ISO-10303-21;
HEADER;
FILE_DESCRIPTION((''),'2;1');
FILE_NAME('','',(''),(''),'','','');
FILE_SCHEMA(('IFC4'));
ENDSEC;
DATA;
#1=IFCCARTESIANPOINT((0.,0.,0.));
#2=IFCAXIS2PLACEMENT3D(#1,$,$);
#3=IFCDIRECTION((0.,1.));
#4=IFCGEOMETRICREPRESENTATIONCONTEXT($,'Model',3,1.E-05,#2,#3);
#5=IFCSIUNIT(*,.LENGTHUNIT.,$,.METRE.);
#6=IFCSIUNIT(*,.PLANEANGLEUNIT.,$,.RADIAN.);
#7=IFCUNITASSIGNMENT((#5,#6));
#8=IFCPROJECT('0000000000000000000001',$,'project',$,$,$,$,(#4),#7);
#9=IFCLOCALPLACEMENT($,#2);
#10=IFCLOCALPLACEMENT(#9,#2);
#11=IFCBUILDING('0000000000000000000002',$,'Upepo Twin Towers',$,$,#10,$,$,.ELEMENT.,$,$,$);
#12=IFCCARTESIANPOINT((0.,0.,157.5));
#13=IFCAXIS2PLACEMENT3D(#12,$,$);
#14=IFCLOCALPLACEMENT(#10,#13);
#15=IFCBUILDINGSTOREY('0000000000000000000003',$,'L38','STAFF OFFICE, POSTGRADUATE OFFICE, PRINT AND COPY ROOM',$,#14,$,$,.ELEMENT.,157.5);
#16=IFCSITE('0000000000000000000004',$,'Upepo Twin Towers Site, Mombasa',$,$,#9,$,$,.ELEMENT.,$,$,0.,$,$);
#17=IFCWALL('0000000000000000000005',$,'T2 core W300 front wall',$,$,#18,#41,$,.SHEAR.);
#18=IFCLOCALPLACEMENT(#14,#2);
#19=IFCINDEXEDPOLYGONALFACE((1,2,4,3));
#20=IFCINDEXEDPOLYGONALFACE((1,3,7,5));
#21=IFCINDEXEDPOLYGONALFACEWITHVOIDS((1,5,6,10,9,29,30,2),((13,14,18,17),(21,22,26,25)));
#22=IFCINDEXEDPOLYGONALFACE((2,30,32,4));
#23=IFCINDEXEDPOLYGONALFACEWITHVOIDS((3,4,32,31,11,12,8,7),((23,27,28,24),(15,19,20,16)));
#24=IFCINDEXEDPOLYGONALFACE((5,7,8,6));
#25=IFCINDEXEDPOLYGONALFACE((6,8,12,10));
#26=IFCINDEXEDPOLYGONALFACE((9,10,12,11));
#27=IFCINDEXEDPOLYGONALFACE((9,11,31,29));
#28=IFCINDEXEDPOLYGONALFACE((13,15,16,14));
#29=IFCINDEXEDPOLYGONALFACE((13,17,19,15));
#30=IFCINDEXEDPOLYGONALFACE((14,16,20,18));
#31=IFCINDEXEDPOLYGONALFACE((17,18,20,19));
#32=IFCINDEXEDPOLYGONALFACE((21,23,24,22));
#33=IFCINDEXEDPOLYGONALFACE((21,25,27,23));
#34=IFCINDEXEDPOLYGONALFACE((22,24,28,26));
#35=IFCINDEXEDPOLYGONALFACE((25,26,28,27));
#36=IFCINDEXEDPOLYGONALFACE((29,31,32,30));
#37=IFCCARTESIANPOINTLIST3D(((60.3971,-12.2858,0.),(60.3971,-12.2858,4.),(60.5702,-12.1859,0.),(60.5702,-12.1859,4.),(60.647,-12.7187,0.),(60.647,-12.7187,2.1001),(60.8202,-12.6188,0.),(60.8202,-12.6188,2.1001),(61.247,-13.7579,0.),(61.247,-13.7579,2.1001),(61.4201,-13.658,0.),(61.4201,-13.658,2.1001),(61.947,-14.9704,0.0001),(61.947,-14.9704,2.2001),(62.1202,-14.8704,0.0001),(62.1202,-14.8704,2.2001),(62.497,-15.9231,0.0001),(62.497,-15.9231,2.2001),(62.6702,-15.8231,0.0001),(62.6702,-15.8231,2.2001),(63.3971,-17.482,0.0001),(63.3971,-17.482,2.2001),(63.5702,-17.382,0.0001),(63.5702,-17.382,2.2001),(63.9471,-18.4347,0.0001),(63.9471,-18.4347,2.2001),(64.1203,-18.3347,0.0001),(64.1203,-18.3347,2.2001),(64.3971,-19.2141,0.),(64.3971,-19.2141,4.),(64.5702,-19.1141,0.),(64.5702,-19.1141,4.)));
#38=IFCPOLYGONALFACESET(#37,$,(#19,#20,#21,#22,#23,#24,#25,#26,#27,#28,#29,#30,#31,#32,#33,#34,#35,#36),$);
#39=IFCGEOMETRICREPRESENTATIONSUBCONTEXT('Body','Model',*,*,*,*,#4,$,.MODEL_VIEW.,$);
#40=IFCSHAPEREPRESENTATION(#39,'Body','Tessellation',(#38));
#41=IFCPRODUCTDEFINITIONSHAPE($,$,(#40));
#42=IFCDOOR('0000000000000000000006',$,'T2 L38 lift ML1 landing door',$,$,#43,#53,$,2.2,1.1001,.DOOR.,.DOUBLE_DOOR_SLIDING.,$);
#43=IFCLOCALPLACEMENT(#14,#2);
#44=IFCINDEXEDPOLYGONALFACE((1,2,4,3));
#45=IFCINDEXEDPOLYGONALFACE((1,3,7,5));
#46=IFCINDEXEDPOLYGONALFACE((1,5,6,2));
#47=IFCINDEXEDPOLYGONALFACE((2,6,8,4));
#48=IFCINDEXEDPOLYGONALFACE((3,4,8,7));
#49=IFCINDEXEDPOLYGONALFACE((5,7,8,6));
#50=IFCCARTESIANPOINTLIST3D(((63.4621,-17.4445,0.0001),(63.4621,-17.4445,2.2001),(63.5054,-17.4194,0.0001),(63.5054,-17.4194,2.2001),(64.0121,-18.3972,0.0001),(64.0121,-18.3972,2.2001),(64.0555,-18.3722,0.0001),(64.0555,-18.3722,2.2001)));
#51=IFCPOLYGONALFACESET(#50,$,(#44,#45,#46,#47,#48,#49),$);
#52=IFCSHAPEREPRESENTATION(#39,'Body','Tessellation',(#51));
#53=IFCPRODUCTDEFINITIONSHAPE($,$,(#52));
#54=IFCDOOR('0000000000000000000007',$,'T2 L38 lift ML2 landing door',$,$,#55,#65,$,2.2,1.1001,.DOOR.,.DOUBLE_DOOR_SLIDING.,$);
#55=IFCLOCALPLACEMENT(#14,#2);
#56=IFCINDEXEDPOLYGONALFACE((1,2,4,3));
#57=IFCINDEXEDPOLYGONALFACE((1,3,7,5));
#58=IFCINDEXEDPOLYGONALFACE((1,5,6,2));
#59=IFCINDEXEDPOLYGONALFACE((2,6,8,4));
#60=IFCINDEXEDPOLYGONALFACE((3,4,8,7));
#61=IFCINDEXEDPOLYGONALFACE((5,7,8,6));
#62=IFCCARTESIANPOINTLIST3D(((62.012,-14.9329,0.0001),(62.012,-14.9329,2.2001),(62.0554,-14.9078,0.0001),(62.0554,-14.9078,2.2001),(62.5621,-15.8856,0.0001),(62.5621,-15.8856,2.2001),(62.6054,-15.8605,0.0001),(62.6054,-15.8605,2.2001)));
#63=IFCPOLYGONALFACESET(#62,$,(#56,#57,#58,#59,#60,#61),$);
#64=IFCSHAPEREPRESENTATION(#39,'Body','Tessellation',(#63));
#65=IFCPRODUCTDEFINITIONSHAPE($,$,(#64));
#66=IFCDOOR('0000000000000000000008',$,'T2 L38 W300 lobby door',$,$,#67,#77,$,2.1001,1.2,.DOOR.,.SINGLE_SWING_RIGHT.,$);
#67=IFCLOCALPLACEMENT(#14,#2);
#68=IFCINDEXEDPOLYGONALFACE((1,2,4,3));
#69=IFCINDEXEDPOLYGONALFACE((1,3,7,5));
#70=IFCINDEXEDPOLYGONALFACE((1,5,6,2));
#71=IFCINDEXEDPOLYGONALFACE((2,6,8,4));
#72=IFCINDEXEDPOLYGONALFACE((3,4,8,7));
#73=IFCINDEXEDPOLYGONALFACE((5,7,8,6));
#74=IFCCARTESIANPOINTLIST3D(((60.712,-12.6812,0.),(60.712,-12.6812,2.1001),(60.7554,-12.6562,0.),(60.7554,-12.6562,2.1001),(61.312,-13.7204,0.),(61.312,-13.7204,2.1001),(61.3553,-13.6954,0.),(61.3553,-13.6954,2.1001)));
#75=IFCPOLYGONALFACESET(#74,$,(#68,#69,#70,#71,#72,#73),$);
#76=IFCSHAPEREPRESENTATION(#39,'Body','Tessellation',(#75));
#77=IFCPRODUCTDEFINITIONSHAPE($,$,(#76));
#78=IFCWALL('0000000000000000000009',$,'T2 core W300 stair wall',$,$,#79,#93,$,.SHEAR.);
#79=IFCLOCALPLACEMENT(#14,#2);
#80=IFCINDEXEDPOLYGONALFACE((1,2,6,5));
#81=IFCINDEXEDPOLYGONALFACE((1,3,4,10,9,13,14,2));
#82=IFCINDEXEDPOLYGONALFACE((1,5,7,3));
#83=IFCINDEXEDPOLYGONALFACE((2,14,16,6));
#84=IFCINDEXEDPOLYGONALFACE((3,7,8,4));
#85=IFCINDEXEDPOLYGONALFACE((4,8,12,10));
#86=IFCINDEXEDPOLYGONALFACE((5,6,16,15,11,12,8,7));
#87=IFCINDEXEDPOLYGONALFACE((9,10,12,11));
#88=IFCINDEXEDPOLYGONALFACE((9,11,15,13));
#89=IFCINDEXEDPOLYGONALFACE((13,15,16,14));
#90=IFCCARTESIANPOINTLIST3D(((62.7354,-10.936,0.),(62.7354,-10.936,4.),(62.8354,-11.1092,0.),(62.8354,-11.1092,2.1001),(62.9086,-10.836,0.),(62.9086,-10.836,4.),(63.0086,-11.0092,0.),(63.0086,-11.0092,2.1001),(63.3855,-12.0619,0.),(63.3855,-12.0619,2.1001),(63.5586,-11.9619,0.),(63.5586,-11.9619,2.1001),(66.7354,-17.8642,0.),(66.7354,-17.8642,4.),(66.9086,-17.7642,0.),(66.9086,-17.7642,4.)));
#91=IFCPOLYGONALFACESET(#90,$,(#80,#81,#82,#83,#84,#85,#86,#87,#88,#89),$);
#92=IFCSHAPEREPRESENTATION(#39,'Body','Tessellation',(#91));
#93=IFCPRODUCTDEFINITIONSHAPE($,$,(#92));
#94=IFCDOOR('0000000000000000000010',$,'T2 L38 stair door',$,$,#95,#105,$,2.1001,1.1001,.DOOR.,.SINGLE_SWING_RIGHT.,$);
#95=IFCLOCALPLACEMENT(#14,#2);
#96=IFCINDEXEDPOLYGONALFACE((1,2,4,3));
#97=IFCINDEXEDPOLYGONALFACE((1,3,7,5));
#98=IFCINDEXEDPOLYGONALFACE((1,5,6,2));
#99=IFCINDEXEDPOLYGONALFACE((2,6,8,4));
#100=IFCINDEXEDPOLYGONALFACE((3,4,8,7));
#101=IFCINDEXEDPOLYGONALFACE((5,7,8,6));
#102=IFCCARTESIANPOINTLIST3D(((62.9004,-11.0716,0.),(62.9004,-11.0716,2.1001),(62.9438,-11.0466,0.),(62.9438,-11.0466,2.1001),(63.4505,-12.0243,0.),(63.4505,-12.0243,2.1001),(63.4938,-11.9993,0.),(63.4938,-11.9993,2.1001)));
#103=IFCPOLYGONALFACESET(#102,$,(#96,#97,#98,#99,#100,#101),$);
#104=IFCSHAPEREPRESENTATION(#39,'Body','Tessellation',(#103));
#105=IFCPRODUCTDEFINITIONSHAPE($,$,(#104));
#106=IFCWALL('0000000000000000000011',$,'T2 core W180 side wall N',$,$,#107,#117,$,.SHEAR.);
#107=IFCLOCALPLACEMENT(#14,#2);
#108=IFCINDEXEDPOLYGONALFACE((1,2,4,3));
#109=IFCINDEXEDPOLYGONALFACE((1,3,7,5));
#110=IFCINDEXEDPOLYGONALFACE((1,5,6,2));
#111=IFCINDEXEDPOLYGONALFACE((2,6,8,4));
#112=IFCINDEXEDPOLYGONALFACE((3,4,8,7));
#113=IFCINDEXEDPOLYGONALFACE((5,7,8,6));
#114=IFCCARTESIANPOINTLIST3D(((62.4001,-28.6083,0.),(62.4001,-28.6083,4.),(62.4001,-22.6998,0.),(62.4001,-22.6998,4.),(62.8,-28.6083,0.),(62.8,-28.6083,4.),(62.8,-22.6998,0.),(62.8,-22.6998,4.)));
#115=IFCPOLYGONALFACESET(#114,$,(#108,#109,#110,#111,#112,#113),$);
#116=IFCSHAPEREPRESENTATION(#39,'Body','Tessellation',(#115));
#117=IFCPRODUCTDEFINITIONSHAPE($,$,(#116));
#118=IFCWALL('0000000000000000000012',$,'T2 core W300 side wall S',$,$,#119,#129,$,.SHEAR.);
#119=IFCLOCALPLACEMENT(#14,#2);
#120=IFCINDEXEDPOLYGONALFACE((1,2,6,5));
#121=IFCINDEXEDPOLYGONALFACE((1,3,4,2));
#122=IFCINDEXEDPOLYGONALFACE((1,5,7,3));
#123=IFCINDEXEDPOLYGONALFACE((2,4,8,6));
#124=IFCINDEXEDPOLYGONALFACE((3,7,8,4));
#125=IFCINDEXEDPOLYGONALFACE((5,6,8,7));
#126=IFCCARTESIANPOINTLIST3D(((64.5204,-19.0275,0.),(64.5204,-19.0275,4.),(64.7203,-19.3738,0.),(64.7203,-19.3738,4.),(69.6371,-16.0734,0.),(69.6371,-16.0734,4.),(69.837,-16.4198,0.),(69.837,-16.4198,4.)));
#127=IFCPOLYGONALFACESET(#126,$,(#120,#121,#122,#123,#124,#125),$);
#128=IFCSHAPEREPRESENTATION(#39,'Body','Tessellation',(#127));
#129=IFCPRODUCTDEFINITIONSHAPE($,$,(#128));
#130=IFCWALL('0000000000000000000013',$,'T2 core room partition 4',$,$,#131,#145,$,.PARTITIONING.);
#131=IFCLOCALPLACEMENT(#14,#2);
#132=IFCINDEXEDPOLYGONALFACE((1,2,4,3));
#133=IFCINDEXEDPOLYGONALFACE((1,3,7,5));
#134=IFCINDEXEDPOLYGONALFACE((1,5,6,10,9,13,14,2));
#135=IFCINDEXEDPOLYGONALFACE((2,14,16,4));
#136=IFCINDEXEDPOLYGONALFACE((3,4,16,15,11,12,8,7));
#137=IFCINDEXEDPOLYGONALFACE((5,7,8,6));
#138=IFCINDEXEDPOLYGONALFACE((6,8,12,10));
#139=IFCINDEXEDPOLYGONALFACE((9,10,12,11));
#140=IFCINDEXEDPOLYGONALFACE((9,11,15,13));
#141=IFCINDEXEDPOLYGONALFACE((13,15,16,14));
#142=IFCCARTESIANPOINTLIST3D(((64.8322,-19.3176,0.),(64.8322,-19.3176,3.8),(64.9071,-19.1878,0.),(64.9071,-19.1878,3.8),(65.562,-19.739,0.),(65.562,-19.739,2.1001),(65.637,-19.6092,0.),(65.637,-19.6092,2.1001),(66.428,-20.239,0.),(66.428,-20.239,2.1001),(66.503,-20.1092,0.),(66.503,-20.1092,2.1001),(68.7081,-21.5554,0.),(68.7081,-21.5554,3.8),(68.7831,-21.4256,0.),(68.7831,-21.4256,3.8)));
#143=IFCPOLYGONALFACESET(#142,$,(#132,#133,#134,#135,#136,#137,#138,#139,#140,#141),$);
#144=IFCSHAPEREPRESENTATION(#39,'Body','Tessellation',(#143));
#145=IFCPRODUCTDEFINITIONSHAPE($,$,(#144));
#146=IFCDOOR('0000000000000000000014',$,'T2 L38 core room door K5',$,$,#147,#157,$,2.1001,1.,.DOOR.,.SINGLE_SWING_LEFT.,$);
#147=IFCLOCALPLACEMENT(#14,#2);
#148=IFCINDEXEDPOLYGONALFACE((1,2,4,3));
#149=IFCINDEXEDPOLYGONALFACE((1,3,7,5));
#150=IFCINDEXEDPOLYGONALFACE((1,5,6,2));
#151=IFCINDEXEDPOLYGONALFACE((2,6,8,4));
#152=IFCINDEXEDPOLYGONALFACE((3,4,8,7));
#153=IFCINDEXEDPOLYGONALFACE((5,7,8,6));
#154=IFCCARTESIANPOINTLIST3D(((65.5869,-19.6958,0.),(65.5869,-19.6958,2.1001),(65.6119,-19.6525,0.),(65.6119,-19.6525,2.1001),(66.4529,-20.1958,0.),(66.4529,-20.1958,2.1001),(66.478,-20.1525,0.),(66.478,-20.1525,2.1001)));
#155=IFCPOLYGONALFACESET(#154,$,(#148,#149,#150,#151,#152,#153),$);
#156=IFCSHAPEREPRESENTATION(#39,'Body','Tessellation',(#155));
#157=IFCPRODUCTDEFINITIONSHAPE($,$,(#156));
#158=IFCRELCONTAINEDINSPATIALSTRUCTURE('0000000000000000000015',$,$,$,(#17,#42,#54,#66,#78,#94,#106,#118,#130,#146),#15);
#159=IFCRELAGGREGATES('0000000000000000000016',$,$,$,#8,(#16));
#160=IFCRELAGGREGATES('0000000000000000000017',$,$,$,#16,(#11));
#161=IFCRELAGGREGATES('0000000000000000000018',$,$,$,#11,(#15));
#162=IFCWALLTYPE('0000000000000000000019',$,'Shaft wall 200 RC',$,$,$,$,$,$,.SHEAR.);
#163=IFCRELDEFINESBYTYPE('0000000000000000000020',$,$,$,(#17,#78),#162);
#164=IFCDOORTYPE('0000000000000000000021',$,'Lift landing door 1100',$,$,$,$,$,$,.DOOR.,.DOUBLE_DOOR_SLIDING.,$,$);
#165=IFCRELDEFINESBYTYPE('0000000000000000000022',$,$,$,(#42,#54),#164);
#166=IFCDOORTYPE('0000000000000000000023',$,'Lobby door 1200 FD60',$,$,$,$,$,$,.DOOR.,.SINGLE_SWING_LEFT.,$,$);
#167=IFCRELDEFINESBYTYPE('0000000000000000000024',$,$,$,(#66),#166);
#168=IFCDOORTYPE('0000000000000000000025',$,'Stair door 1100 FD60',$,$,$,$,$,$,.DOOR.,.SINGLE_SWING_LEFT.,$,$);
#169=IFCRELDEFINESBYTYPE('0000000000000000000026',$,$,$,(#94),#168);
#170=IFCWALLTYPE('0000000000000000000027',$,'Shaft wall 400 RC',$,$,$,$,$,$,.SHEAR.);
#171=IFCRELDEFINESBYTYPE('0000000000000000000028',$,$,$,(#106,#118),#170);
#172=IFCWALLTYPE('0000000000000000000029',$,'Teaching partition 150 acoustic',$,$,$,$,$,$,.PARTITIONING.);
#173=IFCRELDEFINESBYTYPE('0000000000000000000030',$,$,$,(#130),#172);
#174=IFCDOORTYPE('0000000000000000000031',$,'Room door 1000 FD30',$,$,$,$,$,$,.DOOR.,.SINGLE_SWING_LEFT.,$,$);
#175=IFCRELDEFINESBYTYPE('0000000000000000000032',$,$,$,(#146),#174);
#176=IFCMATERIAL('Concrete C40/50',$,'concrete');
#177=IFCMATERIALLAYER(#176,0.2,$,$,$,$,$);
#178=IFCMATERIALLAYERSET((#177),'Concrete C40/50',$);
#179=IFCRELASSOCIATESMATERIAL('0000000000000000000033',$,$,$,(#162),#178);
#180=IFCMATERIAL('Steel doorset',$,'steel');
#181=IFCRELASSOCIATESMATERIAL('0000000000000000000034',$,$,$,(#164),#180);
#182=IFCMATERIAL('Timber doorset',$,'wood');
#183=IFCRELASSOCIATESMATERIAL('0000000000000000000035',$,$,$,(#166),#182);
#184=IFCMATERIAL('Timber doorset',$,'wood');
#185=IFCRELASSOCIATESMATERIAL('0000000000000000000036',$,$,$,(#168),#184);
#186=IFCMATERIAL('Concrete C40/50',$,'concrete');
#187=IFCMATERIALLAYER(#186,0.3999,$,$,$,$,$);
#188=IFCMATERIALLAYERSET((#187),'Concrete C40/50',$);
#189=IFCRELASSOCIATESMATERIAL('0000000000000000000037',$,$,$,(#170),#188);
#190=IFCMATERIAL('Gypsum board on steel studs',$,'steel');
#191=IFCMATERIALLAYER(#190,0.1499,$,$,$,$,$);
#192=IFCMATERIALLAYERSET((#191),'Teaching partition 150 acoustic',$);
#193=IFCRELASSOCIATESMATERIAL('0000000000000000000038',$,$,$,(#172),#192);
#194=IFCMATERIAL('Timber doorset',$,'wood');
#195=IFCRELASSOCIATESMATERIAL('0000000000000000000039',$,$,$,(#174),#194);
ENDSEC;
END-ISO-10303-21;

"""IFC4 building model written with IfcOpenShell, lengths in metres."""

from ifc_helpers import new_model, si_unit, direction, frame, frame_2d, origin, place, context, subcontext, project, spatial, rectangle, extrude, material, layer, layer_set, type_object, element, fill, save


model = new_model("IFC4")

# Units and contexts
model_context = context("Model", 3, precision=1e-05, world=origin(), true_north=direction((0.0, 1.0)))
body_context = subcontext(model_context, "Body", "Model", "MODEL_VIEW")
ifc_project = project(units=[si_unit("LENGTHUNIT", "METRE"), si_unit("PLANEANGLEUNIT", "RADIAN")], contexts=[model_context])

# Site, building, storey
site_placement = place(None, origin())
site = spatial("IfcSite", under=ifc_project, at=site_placement, Name="Upepo Twin Towers Site, Mombasa", CompositionType="ELEMENT", RefElevation=0.0)
building_placement = place(site_placement, origin())
building = spatial("IfcBuilding", under=site, at=building_placement, Name="Upepo Twin Towers", CompositionType="ELEMENT")
storey_placement = place(building_placement, frame((0.0, 0.0, 157.5)))
storey = spatial("IfcBuildingStorey", under=building, at=storey_placement, Name="L38", Description="STAFF OFFICE, POSTGRADUATE OFFICE, PRINT AND COPY ROOM", CompositionType="ELEMENT", Elevation=157.5)

# Shared definitions
ifc_material_1 = material(Name="Concrete C40/50", Category="concrete")
ifc_layer_1 = layer(ifc_material_1, 0.2)
ifc_layer_set_1 = layer_set([ifc_layer_1], Name="Concrete C40/50")
wall_type_1 = type_object("IfcWallType", Name="Shaft wall 200 RC", PredefinedType="SHEAR", material=ifc_layer_set_1)

# Wall, openings, doors
wall_1_placement = place(storey_placement, frame((64.4836, -19.1641, 0.0), z_axis=(0.0, 0.0, 1.0), x_axis=(-0.499999, 0.866026, 0.0)))
wall_1 = element("IfcWall", 1, at=wall_1_placement, inside=storey, type_object=wall_type_1, Name="T2 core W300 front wall", PredefinedType="SHEAR", context=body_context, shape_type="SweptSolid", body=[
    extrude(rectangle(XDim=8.0, YDim=0.2, at=frame_2d((4.0, 0.0))), origin(), (0.0, 0.0, 1.0), 4.0),
])
opening_1_placement = place(wall_1_placement, frame((6.3, 0.0, 0.0)))
opening_1 = element("IfcOpeningElement", 2, at=opening_1_placement, cuts=wall_1, PredefinedType="OPENING", context=body_context, shape_type="SweptSolid", body=[
    extrude(rectangle(XDim=1.2, YDim=2.1001, at=frame_2d((0.6001, 1.05))), frame((0.0, 0.1099, 0.0), z_axis=(0.0, -1.0, 0.0), x_axis=(1.0, 0.0, 0.0)), (0.0, 0.0, 1.0), 0.22),
])
opening_2_placement = place(wall_1_placement, frame((0.8999, 0.0, 0.0)))
opening_2 = element("IfcOpeningElement", 3, at=opening_2_placement, cuts=wall_1, PredefinedType="OPENING", context=body_context, shape_type="SweptSolid", body=[
    extrude(rectangle(XDim=1.1001, YDim=2.2, at=frame_2d((0.55, 1.1001))), frame((0.0, 0.1099, 0.0), z_axis=(0.0, -1.0, 0.0), x_axis=(1.0, 0.0, 0.0)), (0.0, 0.0, 1.0), 0.22),
])
opening_3_placement = place(wall_1_placement, frame((3.8, 0.0, 0.0)))
opening_3 = element("IfcOpeningElement", 4, at=opening_3_placement, cuts=wall_1, PredefinedType="OPENING", context=body_context, shape_type="SweptSolid", body=[
    extrude(rectangle(XDim=1.1001, YDim=2.2, at=frame_2d((0.55, 1.1001))), frame((0.0, 0.1099, 0.0), z_axis=(0.0, -1.0, 0.0), x_axis=(1.0, 0.0, 0.0)), (0.0, 0.0, 1.0), 0.22),
])
ifc_material_2 = material(Name="Steel doorset", Category="steel")
door_type_1 = type_object("IfcDoorType", Name="Lift landing door 1100", OperationType="DOUBLE_DOOR_SLIDING", PredefinedType="DOOR", material=ifc_material_2)
door_1_placement = place(opening_2_placement, origin())
door_1 = element("IfcDoor", 5, at=door_1_placement, inside=storey, type_object=door_type_1, Name="T2 L38 lift ML1 landing door", OperationType="DOUBLE_DOOR_SLIDING", OverallHeight=2.2, OverallWidth=1.1001, PredefinedType="DOOR", context=body_context, shape_type="SweptSolid", body=[
    extrude(rectangle(XDim=1.1001, YDim=2.2, at=frame_2d((0.55, 1.1001))), frame((0.0, 0.0249, 0.0), z_axis=(0.0, -1.0, 0.0), x_axis=(1.0, 0.0, 0.0)), (0.0, 0.0, 1.0), 0.05),
])
fill(opening_2, door_1)
door_2_placement = place(opening_3_placement, origin())
door_2 = element("IfcDoor", 6, at=door_2_placement, inside=storey, type_object=door_type_1, Name="T2 L38 lift ML2 landing door", OperationType="DOUBLE_DOOR_SLIDING", OverallHeight=2.2, OverallWidth=1.1001, PredefinedType="DOOR", context=body_context, shape_type="SweptSolid", body=[
    extrude(rectangle(XDim=1.1001, YDim=2.2, at=frame_2d((0.55, 1.1001))), frame((0.0, 0.0249, 0.0), z_axis=(0.0, -1.0, 0.0), x_axis=(1.0, 0.0, 0.0)), (0.0, 0.0, 1.0), 0.05),
])
fill(opening_3, door_2)
ifc_material_3 = material(Name="Timber doorset", Category="wood")
door_type_2 = type_object("IfcDoorType", Name="Lobby door 1200 FD60", OperationType="SINGLE_SWING_LEFT", PredefinedType="DOOR", material=ifc_material_3)
door_3_placement = place(opening_1_placement, origin())
door_3 = element("IfcDoor", 7, at=door_3_placement, inside=storey, type_object=door_type_2, Name="T2 L38 W300 lobby door", OperationType="SINGLE_SWING_RIGHT", OverallHeight=2.1001, OverallWidth=1.2, PredefinedType="DOOR", context=body_context, shape_type="SweptSolid", body=[
    extrude(rectangle(XDim=1.2, YDim=2.1001, at=frame_2d((0.6001, 1.05))), frame((0.0, 0.0249, 0.0), z_axis=(0.0, -1.0, 0.0), x_axis=(1.0, 0.0, 0.0)), (0.0, 0.0, 1.0), 0.05),
])
fill(opening_1, door_3)

# Wall, opening, door
wall_2_placement = place(storey_placement, frame((66.822, -17.8142, 0.0), z_axis=(0.0, 0.0, 1.0), x_axis=(-0.499999, 0.866026, 0.0)))
wall_2 = element("IfcWall", 8, at=wall_2_placement, inside=storey, type_object=wall_type_1, Name="T2 core W300 stair wall", PredefinedType="SHEAR", context=body_context, shape_type="SweptSolid", body=[
    extrude(rectangle(XDim=8.0, YDim=0.2, at=frame_2d((4.0, 0.0))), origin(), (0.0, 0.0, 1.0), 4.0),
])
opening_4_placement = place(wall_2_placement, frame((6.7, 0.0, 0.0)))
opening_4 = element("IfcOpeningElement", 9, at=opening_4_placement, cuts=wall_2, PredefinedType="OPENING", context=body_context, shape_type="SweptSolid", body=[
    extrude(rectangle(XDim=1.1001, YDim=2.1001, at=frame_2d((0.55, 1.05))), frame((0.0, 0.1099, 0.0), z_axis=(0.0, -1.0, 0.0), x_axis=(1.0, 0.0, 0.0)), (0.0, 0.0, 1.0), 0.22),
])
ifc_material_4 = material(Name="Timber doorset", Category="wood")
door_type_3 = type_object("IfcDoorType", Name="Stair door 1100 FD60", OperationType="SINGLE_SWING_LEFT", PredefinedType="DOOR", material=ifc_material_4)
door_4_placement = place(opening_4_placement, origin())
door_4 = element("IfcDoor", 10, at=door_4_placement, inside=storey, type_object=door_type_3, Name="T2 L38 stair door", OperationType="SINGLE_SWING_RIGHT", OverallHeight=2.1001, OverallWidth=1.1001, PredefinedType="DOOR", context=body_context, shape_type="SweptSolid", body=[
    extrude(rectangle(XDim=1.1001, YDim=2.1001, at=frame_2d((0.55, 1.05))), frame((0.0, 0.0249, 0.0), z_axis=(0.0, -1.0, 0.0), x_axis=(1.0, 0.0, 0.0)), (0.0, 0.0, 1.0), 0.05),
])
fill(opening_4, door_4)

# Walls
ifc_material_5 = material(Name="Concrete C40/50", Category="concrete")
ifc_layer_2 = layer(ifc_material_5, 0.3999)
ifc_layer_set_2 = layer_set([ifc_layer_2], Name="Concrete C40/50")
wall_type_2 = type_object("IfcWallType", Name="Shaft wall 400 RC", PredefinedType="SHEAR", material=ifc_layer_set_2)
wall_3_placement = place(storey_placement, frame((62.6001, -22.7, 0.0), z_axis=(0.0, 0.0, 1.0), x_axis=(0.0, -1.0, 0.0)))
element("IfcWall", 11, at=wall_3_placement, inside=storey, type_object=wall_type_2, Name="T2 core W180 side wall N", PredefinedType="SHEAR", context=body_context, shape_type="SweptSolid", body=[
    extrude(rectangle(XDim=5.9084, YDim=0.3999, at=frame_2d((2.9541, 0.0))), origin(), (0.0, 0.0, 1.0), 4.0),
])
wall_4_placement = place(storey_placement, frame((64.6204, -19.2007, 0.0), z_axis=(0.0, 0.0, 1.0), x_axis=(0.866027, 0.499997, 0.0)))
element("IfcWall", 12, at=wall_4_placement, inside=storey, type_object=wall_type_2, Name="T2 core W300 side wall S", PredefinedType="SHEAR", context=body_context, shape_type="SweptSolid", body=[
    extrude(rectangle(XDim=5.9082, YDim=0.3999, at=frame_2d((2.9541, 0.0))), origin(), (0.0, 0.0, 1.0), 4.0),
])

# Wall, opening, door
ifc_material_6 = material(Name="Gypsum board on steel studs", Category="steel")
ifc_layer_3 = layer(ifc_material_6, 0.1499)
ifc_layer_set_3 = layer_set([ifc_layer_3], Name="Teaching partition 150 acoustic")
wall_type_3 = type_object("IfcWallType", Name="Teaching partition 150 acoustic", PredefinedType="PARTITIONING", material=ifc_layer_set_3)
wall_5_placement = place(storey_placement, frame((64.8696, -19.2527, 0.0), z_axis=(0.0, 0.0, 1.0), x_axis=(0.866026, -0.499999, 0.0)))
wall_5 = element("IfcWall", 13, at=wall_5_placement, inside=storey, type_object=wall_type_3, Name="T2 core room partition 4", PredefinedType="PARTITIONING", context=body_context, shape_type="SweptSolid", body=[
    extrude(rectangle(XDim=4.4756, YDim=0.1499, at=frame_2d((2.2378, 0.0))), origin(), (0.0, 0.0, 1.0), 3.8),
])
opening_5_placement = place(wall_5_placement, frame((0.8428, 0.0, 0.0)))
opening_5 = element("IfcOpeningElement", 14, at=opening_5_placement, cuts=wall_5, PredefinedType="OPENING", context=body_context, shape_type="SweptSolid", body=[
    extrude(rectangle(XDim=1.0, YDim=2.1001, at=frame_2d((0.5, 1.05))), frame((0.0, 0.085, 0.0), z_axis=(0.0, -1.0, 0.0), x_axis=(1.0, 0.0, 0.0)), (0.0, 0.0, 1.0), 0.1699),
])
ifc_material_7 = material(Name="Timber doorset", Category="wood")
door_type_4 = type_object("IfcDoorType", Name="Room door 1000 FD30", OperationType="SINGLE_SWING_LEFT", PredefinedType="DOOR", material=ifc_material_7)
door_5_placement = place(opening_5_placement, origin())
door_5 = element("IfcDoor", 15, at=door_5_placement, inside=storey, type_object=door_type_4, Name="T2 L38 core room door K5", OperationType="SINGLE_SWING_LEFT", OverallHeight=2.1001, OverallWidth=1.0, PredefinedType="DOOR", context=body_context, shape_type="SweptSolid", body=[
    extrude(rectangle(XDim=1.0, YDim=2.1001, at=frame_2d((0.5, 1.05))), frame((0.0, 0.0249, 0.0), z_axis=(0.0, -1.0, 0.0), x_axis=(1.0, 0.0, 0.0)), (0.0, 0.0, 1.0), 0.05),
])
fill(opening_5, door_5)

save(model, "model.ifc")
